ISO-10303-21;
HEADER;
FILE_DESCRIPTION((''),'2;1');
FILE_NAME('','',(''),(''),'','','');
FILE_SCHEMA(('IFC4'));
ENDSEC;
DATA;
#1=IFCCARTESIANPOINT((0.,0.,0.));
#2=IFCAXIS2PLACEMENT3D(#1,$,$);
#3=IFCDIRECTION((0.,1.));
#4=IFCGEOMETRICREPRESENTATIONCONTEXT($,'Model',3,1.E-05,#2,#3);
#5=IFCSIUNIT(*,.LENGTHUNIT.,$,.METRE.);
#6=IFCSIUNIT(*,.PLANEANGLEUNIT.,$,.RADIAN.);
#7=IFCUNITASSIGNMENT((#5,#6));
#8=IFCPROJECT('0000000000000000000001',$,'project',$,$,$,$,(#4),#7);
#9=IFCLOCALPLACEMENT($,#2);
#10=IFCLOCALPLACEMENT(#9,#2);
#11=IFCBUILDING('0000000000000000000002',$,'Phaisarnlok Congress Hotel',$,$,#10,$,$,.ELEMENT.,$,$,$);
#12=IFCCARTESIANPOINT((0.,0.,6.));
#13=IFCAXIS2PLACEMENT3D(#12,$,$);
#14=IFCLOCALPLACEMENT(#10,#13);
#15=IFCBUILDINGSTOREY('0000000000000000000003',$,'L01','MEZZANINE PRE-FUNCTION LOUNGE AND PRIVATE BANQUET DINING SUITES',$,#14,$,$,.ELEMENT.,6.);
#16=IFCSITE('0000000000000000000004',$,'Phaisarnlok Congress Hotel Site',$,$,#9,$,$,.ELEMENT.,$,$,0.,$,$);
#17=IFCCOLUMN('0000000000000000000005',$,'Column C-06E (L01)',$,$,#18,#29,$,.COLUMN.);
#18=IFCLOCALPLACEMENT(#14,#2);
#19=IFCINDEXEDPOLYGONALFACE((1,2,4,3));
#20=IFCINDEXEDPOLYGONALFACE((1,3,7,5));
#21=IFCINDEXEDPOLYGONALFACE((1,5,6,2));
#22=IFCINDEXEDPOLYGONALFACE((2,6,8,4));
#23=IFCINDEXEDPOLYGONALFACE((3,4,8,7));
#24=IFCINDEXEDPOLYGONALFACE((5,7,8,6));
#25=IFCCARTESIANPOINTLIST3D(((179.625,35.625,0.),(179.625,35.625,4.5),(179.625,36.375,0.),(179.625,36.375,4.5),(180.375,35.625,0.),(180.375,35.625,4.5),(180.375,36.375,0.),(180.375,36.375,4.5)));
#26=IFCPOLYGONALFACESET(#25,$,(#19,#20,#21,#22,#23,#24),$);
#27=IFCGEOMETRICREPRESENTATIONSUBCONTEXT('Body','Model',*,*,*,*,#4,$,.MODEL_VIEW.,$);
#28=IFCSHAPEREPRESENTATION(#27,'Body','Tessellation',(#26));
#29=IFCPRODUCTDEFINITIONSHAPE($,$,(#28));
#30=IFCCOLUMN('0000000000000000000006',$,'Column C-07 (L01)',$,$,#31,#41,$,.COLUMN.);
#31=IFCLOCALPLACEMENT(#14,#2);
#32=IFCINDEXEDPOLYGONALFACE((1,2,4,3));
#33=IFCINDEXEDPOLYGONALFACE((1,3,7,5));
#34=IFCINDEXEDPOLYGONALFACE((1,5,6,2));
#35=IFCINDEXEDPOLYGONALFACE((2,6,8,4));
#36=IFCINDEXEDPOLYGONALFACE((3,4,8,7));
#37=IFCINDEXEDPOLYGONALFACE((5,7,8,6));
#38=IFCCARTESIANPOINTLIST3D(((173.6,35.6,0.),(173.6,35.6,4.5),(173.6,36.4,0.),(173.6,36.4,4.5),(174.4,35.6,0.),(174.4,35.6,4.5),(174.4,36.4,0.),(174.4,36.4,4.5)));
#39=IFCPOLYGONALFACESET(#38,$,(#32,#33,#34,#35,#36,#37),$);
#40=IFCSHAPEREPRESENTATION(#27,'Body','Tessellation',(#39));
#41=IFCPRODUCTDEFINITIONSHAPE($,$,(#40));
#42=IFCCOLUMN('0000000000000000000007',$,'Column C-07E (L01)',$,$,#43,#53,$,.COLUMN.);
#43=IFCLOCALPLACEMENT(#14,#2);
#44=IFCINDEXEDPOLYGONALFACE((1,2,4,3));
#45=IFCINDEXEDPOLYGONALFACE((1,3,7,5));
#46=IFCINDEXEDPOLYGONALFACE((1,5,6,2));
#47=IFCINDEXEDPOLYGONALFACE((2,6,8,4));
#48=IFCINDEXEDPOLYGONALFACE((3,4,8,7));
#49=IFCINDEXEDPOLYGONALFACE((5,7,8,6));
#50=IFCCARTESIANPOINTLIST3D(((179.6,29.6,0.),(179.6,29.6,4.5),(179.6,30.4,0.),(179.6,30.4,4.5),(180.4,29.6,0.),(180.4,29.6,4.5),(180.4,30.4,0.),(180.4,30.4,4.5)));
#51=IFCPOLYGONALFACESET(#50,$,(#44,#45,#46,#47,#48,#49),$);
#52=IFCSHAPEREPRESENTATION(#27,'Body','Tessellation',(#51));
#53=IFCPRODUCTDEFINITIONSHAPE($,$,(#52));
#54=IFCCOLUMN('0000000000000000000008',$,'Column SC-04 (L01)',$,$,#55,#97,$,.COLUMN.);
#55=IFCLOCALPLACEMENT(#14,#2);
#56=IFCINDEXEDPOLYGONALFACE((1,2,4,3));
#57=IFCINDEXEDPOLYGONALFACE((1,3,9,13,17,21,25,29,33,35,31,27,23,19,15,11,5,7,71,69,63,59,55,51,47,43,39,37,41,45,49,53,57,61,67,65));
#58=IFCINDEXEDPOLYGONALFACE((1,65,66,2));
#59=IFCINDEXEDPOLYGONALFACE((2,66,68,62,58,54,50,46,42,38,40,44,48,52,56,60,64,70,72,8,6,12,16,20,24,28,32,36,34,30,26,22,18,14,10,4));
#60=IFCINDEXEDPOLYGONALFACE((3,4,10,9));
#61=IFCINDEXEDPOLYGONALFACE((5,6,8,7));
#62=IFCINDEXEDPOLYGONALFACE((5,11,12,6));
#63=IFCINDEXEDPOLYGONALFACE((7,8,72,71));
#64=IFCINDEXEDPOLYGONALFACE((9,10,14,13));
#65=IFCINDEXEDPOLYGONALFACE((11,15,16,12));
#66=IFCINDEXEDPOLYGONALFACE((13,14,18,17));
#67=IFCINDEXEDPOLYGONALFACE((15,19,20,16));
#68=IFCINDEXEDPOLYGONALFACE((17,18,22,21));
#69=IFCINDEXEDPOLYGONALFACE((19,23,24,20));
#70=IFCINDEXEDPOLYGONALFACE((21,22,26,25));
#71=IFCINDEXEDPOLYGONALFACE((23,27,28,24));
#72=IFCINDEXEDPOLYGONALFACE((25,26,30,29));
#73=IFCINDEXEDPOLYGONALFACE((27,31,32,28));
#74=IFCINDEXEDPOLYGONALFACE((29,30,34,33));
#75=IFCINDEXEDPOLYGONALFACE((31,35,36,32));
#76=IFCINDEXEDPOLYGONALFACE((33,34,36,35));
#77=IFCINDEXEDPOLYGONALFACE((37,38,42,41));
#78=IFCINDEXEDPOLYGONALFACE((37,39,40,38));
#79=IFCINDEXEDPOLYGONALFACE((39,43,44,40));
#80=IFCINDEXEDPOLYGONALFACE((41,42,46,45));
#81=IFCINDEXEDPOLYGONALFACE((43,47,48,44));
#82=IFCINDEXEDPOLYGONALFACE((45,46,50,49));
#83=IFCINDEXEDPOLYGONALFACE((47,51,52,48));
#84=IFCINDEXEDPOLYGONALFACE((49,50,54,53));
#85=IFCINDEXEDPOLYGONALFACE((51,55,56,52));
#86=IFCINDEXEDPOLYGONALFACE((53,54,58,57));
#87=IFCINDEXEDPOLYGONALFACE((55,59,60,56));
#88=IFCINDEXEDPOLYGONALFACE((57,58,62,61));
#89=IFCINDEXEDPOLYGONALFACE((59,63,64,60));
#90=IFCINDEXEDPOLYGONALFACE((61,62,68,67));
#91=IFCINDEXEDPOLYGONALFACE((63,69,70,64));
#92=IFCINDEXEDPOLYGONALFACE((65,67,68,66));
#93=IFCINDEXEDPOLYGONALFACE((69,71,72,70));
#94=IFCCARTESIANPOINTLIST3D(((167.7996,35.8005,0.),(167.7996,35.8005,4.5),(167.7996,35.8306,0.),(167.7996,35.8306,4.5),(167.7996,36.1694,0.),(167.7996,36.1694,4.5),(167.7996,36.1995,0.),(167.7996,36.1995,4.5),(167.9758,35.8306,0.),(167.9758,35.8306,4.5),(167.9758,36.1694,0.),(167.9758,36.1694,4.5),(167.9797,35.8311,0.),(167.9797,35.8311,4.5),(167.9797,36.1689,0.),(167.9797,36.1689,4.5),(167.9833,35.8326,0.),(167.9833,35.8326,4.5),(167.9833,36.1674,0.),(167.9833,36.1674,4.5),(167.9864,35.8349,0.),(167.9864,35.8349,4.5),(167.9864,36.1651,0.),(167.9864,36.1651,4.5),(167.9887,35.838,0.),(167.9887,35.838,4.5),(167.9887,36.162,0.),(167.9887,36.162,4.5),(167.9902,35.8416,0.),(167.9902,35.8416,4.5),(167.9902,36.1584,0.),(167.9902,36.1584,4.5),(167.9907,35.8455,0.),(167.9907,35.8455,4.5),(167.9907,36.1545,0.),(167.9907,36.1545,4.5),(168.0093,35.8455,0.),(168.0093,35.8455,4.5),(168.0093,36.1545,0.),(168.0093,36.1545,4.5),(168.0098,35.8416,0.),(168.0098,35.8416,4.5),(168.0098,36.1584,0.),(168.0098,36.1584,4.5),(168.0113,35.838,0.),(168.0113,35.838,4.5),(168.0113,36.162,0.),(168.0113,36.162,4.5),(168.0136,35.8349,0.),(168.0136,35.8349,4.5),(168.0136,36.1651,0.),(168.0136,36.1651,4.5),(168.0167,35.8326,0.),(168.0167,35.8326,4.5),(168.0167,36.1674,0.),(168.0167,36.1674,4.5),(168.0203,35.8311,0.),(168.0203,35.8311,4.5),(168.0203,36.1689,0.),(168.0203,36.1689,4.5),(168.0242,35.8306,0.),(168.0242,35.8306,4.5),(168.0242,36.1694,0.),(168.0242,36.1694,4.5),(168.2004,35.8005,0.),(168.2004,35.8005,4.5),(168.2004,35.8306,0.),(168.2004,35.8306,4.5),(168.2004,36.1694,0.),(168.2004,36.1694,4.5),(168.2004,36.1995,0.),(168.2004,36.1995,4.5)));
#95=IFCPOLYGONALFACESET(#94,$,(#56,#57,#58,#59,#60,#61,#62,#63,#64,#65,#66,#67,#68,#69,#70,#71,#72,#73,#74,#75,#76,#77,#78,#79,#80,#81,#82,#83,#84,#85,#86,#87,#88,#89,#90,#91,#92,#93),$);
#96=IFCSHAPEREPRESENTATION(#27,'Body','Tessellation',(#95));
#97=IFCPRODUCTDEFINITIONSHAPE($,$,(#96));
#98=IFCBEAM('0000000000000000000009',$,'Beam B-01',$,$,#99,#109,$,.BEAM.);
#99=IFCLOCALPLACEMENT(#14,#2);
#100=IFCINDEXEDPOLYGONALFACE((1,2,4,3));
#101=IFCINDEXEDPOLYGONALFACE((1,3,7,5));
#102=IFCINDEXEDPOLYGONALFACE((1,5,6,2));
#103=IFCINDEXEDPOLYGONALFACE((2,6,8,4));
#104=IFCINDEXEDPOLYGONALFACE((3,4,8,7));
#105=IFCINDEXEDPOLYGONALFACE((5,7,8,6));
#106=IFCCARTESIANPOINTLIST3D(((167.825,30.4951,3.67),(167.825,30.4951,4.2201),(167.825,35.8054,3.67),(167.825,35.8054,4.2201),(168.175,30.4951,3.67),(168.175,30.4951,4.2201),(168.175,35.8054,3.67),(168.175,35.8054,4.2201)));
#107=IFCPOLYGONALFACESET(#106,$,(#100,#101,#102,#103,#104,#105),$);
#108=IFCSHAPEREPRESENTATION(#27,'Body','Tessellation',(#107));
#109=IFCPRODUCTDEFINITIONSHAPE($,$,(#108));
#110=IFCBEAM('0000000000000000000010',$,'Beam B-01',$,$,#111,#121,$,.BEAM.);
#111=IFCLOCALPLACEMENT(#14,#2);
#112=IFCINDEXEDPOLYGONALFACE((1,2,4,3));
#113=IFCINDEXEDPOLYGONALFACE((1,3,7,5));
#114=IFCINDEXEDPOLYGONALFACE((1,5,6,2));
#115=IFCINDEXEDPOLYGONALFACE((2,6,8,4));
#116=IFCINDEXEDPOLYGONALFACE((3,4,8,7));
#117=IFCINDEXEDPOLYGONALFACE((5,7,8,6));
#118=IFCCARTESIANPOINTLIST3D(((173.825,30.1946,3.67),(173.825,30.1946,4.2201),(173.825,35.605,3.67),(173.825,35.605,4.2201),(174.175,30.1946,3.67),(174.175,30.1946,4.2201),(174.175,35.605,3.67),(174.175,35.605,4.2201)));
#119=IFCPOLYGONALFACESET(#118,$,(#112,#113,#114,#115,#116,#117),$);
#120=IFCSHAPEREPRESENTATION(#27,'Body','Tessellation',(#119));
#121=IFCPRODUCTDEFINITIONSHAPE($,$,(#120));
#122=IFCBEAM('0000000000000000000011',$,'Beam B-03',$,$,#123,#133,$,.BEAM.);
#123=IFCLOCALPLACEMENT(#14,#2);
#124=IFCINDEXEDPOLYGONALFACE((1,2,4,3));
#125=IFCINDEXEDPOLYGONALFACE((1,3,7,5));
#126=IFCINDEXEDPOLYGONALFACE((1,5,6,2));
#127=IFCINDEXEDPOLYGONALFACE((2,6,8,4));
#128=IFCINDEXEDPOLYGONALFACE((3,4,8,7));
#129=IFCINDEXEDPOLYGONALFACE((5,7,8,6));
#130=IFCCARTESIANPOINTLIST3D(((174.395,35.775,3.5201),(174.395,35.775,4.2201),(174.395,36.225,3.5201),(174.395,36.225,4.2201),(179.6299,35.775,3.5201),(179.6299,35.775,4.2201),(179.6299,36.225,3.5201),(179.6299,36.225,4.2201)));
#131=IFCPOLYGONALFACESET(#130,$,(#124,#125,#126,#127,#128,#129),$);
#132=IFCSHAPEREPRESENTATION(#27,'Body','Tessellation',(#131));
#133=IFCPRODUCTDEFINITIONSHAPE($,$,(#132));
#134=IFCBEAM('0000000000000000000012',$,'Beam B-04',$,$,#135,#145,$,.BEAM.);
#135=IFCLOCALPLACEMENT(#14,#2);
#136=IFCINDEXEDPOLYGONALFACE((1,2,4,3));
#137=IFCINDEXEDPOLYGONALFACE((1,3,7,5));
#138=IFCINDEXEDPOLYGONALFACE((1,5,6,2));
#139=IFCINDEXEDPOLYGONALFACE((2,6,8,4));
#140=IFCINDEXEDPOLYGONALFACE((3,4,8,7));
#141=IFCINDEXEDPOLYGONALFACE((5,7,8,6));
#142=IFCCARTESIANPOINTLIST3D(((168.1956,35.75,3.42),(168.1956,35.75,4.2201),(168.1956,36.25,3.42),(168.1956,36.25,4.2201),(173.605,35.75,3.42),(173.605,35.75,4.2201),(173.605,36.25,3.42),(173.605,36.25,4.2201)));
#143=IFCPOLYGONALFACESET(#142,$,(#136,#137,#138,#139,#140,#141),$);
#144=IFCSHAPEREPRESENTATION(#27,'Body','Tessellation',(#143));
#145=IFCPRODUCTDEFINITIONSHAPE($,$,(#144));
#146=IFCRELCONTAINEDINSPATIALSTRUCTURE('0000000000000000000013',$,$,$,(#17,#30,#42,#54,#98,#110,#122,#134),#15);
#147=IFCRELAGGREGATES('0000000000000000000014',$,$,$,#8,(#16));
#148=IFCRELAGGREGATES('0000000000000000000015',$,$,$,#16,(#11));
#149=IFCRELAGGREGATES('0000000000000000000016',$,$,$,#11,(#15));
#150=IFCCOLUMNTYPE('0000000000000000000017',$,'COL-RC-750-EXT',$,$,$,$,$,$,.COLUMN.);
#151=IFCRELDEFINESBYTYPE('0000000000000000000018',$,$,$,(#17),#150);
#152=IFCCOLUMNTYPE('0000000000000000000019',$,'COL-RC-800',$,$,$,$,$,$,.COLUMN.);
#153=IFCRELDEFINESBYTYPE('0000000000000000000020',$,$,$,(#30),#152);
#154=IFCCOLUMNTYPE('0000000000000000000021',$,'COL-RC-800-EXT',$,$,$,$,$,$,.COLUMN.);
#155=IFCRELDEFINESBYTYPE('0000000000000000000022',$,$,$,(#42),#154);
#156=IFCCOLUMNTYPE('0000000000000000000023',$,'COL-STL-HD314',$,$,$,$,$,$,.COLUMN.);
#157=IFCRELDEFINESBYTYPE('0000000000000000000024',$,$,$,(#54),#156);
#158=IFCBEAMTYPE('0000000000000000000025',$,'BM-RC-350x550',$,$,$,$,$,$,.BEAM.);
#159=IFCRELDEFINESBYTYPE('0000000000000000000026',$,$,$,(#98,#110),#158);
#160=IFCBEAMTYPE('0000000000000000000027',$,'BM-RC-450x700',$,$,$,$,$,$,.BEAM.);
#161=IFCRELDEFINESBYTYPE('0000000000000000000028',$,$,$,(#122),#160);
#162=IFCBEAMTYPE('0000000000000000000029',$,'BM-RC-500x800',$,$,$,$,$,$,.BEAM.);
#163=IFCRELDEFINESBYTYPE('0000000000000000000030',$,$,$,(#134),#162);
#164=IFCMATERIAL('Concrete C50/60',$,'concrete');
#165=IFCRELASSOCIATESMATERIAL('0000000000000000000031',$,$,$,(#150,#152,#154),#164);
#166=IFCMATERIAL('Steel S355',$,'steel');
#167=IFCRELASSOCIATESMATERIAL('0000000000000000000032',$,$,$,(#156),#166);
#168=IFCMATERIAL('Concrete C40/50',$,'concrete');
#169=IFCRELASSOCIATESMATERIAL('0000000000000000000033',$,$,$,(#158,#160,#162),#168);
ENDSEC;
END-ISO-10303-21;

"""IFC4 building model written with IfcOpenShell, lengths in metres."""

from ifc_helpers import new_model, si_unit, direction, frame, origin, origin_2d, place, context, subcontext, project, spatial, rectangle, i_section, extrude, material, material_profile, profile_set, type_object, element, save


model = new_model("IFC4")

# Units and contexts
model_context = context("Model", 3, precision=1e-05, world=origin(), true_north=direction((0.0, 1.0)))
body_context = subcontext(model_context, "Body", "Model", "MODEL_VIEW")
ifc_project = project(units=[si_unit("LENGTHUNIT", "METRE"), si_unit("PLANEANGLEUNIT", "RADIAN")], contexts=[model_context])

# Site, building, storey
site_placement = place(None, origin())
site = spatial("IfcSite", under=ifc_project, at=site_placement, Name="Phaisarnlok Congress Hotel Site", CompositionType="ELEMENT", RefElevation=0.0)
building_placement = place(site_placement, origin())
building = spatial("IfcBuilding", under=site, at=building_placement, Name="Phaisarnlok Congress Hotel", CompositionType="ELEMENT")
storey_placement = place(building_placement, frame((0.0, 0.0, 6.0)))
storey = spatial("IfcBuildingStorey", under=building, at=storey_placement, Name="L01", Description="MEZZANINE PRE-FUNCTION LOUNGE AND PRIVATE BANQUET DINING SUITES", CompositionType="ELEMENT", Elevation=6.0)

# Columns
ifc_material_1 = material(Name="Concrete C50/60", Category="concrete")
ifc_material_profile_1 = material_profile(ifc_material_1, rectangle(XDim=0.75, YDim=0.75, at=origin_2d()), Name="RC 750x750")
ifc_profile_set_1 = profile_set([ifc_material_profile_1], Name="Concrete C50/60")
column_type_1 = type_object("IfcColumnType", Name="COL-RC-750-EXT", PredefinedType="COLUMN", material=ifc_profile_set_1)
column_1_placement = place(storey_placement, frame((180.0, 36.0, 0.0), z_axis=(0.0, 0.0, 1.0), x_axis=(1.0, 0.0, 0.0)))
element("IfcColumn", 1, at=column_1_placement, inside=storey, type_object=column_type_1, Name="Column C-06E (L01)", PredefinedType="COLUMN", context=body_context, shape_type="SweptSolid", body=[
    extrude(rectangle(XDim=0.75, YDim=0.75, at=origin_2d()), origin(), (0.0, 0.0, 1.0), 4.5),
])
ifc_material_profile_2 = material_profile(ifc_material_1, rectangle(XDim=0.8, YDim=0.8, at=origin_2d()), Name="RC 800x800")
ifc_profile_set_2 = profile_set([ifc_material_profile_2], Name="Concrete C50/60")
column_type_2 = type_object("IfcColumnType", Name="COL-RC-800", PredefinedType="COLUMN", material=ifc_profile_set_2)
column_2_placement = place(storey_placement, frame((174.0, 36.0, 0.0), z_axis=(0.0, 0.0, 1.0), x_axis=(1.0, 0.0, 0.0)))
element("IfcColumn", 2, at=column_2_placement, inside=storey, type_object=column_type_2, Name="Column C-07 (L01)", PredefinedType="COLUMN", context=body_context, shape_type="SweptSolid", body=[
    extrude(rectangle(XDim=0.8, YDim=0.8, at=origin_2d()), origin(), (0.0, 0.0, 1.0), 4.5),
])
ifc_material_profile_3 = material_profile(ifc_material_1, rectangle(XDim=0.8, YDim=0.8, at=origin_2d()), Name="RC 800x800")
ifc_profile_set_3 = profile_set([ifc_material_profile_3], Name="Concrete C50/60")
column_type_3 = type_object("IfcColumnType", Name="COL-RC-800-EXT", PredefinedType="COLUMN", material=ifc_profile_set_3)
column_3_placement = place(storey_placement, frame((180.0, 30.0, 0.0), z_axis=(0.0, 0.0, 1.0), x_axis=(1.0, 0.0, 0.0)))
element("IfcColumn", 3, at=column_3_placement, inside=storey, type_object=column_type_3, Name="Column C-07E (L01)", PredefinedType="COLUMN", context=body_context, shape_type="SweptSolid", body=[
    extrude(rectangle(XDim=0.8, YDim=0.8, at=origin_2d()), origin(), (0.0, 0.0, 1.0), 4.5),
])
ifc_material_2 = material(Name="Steel S355", Category="steel")
ifc_material_profile_4 = material_profile(ifc_material_2, i_section(OverallWidth=0.4009, OverallDepth=0.3989, WebThickness=0.0186, FlangeThickness=0.03, FilletRadius=0.0149, at=origin_2d()), Name="HD 400x314")
ifc_profile_set_4 = profile_set([ifc_material_profile_4], Name="Steel S355")
column_type_4 = type_object("IfcColumnType", Name="COL-STL-HD314", PredefinedType="COLUMN", material=ifc_profile_set_4)
column_4_placement = place(storey_placement, frame((168.0, 36.0, 0.0), z_axis=(0.0, 0.0, 1.0), x_axis=(1.0, 0.0, 0.0)))
element("IfcColumn", 4, at=column_4_placement, inside=storey, type_object=column_type_4, Name="Column SC-04 (L01)", PredefinedType="COLUMN", context=body_context, shape_type="SweptSolid", body=[
    extrude(i_section(OverallWidth=0.4009, OverallDepth=0.3989, WebThickness=0.0186, FlangeThickness=0.03, FilletRadius=0.0149, at=origin_2d()), origin(), (0.0, 0.0, 1.0), 4.5),
])

# Beams
ifc_material_3 = material(Name="Concrete C40/50", Category="concrete")
ifc_material_profile_5 = material_profile(ifc_material_3, rectangle(XDim=0.3501, YDim=0.55, at=origin_2d()), Name="RC 350x550")
ifc_profile_set_5 = profile_set([ifc_material_profile_5], Name="Concrete C40/50")
beam_type_1 = type_object("IfcBeamType", Name="BM-RC-350x550", PredefinedType="BEAM", material=ifc_profile_set_5)
beam_1_placement = place(storey_placement, frame((168.0, 30.4951, 3.9451), z_axis=(0.0, 1.0, 0.0), x_axis=(-1.0, 0.0, 0.0)))
element("IfcBeam", 5, at=beam_1_placement, inside=storey, type_object=beam_type_1, Name="Beam B-01", PredefinedType="BEAM", context=body_context, shape_type="SweptSolid", body=[
    extrude(rectangle(XDim=0.3501, YDim=0.55, at=origin_2d()), origin(), (0.0, 0.0, 1.0), 5.3103),
])
beam_2_placement = place(storey_placement, frame((174.0, 30.1946, 3.9451), z_axis=(0.0, 1.0, 0.0), x_axis=(-1.0, 0.0, 0.0)))
element("IfcBeam", 6, at=beam_2_placement, inside=storey, type_object=beam_type_1, Name="Beam B-01", PredefinedType="BEAM", context=body_context, shape_type="SweptSolid", body=[
    extrude(rectangle(XDim=0.3501, YDim=0.55, at=origin_2d()), origin(), (0.0, 0.0, 1.0), 5.4104),
])
ifc_material_profile_6 = material_profile(ifc_material_3, rectangle(XDim=0.45, YDim=0.7, at=origin_2d()), Name="RC 450x700")
ifc_profile_set_6 = profile_set([ifc_material_profile_6], Name="Concrete C40/50")
beam_type_2 = type_object("IfcBeamType", Name="BM-RC-450x700", PredefinedType="BEAM", material=ifc_profile_set_6)
beam_3_placement = place(storey_placement, frame((174.395, 36.0, 3.8701), z_axis=(1.0, 0.0, 0.0), x_axis=(0.0, 1.0, 0.0)))
element("IfcBeam", 7, at=beam_3_placement, inside=storey, type_object=beam_type_2, Name="Beam B-03", PredefinedType="BEAM", context=body_context, shape_type="SweptSolid", body=[
    extrude(rectangle(XDim=0.45, YDim=0.7, at=origin_2d()), origin(), (0.0, 0.0, 1.0), 5.2349),
])
ifc_material_profile_7 = material_profile(ifc_material_3, rectangle(XDim=0.5, YDim=0.8, at=origin_2d()), Name="RC 500x800")
ifc_profile_set_7 = profile_set([ifc_material_profile_7], Name="Concrete C40/50")
beam_type_3 = type_object("IfcBeamType", Name="BM-RC-500x800", PredefinedType="BEAM", material=ifc_profile_set_7)
beam_4_placement = place(storey_placement, frame((168.1956, 36.0, 3.8201), z_axis=(1.0, 0.0, 0.0), x_axis=(0.0, 1.0, 0.0)))
element("IfcBeam", 8, at=beam_4_placement, inside=storey, type_object=beam_type_3, Name="Beam B-04", PredefinedType="BEAM", context=body_context, shape_type="SweptSolid", body=[
    extrude(rectangle(XDim=0.5, YDim=0.8, at=origin_2d()), origin(), (0.0, 0.0, 1.0), 5.4094),
])

save(model, "model.ifc")
